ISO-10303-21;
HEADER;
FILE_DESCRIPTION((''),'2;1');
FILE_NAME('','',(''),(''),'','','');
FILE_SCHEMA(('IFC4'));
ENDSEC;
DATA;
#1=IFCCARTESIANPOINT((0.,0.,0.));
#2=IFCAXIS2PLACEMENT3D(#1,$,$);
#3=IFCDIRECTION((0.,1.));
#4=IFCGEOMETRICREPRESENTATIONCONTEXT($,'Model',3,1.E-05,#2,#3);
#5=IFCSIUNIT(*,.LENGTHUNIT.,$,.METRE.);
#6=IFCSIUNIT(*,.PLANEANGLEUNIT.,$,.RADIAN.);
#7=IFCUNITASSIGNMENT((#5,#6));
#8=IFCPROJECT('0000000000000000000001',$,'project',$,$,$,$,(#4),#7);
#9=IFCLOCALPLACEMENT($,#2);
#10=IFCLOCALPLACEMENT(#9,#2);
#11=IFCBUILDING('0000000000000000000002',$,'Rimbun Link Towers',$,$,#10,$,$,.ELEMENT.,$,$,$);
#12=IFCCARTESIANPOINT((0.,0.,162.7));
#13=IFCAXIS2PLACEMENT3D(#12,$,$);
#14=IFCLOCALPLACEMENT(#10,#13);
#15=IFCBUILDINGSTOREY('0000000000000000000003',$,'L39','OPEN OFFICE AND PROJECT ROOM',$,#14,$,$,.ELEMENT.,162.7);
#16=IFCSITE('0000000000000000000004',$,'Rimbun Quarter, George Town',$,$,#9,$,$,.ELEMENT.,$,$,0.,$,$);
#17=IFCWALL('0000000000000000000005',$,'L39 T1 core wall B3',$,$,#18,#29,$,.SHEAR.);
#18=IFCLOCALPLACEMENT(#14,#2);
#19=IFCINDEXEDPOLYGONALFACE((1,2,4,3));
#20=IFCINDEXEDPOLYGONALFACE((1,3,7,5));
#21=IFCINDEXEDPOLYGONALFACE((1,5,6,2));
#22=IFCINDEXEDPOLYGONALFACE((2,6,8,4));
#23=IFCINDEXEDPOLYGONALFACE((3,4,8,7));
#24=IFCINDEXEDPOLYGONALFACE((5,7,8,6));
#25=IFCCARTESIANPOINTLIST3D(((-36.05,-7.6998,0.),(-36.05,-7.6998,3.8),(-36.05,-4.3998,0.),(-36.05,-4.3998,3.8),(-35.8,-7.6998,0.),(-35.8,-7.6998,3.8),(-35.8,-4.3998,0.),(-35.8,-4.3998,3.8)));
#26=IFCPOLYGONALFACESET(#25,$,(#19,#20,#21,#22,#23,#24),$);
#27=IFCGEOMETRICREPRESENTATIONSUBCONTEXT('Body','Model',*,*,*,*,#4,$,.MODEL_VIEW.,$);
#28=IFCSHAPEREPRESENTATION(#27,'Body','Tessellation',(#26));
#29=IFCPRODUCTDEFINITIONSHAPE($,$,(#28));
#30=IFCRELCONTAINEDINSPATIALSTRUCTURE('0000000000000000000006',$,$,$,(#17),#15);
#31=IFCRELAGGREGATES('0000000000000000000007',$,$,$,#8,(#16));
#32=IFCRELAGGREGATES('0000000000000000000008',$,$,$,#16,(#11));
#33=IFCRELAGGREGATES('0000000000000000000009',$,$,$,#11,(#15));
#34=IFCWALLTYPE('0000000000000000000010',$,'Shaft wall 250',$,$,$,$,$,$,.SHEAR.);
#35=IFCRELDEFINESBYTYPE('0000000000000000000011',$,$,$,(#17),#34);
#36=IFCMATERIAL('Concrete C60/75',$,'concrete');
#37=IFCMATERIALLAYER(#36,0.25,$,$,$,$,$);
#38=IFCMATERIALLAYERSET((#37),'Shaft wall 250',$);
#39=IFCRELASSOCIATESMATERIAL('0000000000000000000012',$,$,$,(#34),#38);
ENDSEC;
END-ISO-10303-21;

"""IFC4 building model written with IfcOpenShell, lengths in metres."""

from ifc_helpers import new_model, si_unit, direction, frame, frame_2d, origin, place, context, subcontext, project, spatial, rectangle, extrude, material, layer, layer_set, type_object, element, save


model = new_model("IFC4")

# Units and contexts
model_context = context("Model", 3, precision=1e-05, world=origin(), true_north=direction((0.0, 1.0)))
body_context = subcontext(model_context, "Body", "Model", "MODEL_VIEW")
ifc_project = project(units=[si_unit("LENGTHUNIT", "METRE"), si_unit("PLANEANGLEUNIT", "RADIAN")], contexts=[model_context])

# Site, building, storey
site_placement = place(None, origin())
site = spatial("IfcSite", under=ifc_project, at=site_placement, Name="Rimbun Quarter, George Town", CompositionType="ELEMENT", RefElevation=0.0)
building_placement = place(site_placement, origin())
building = spatial("IfcBuilding", under=site, at=building_placement, Name="Rimbun Link Towers", CompositionType="ELEMENT")
storey_placement = place(building_placement, frame((0.0, 0.0, 162.7)))
storey = spatial("IfcBuildingStorey", under=building, at=storey_placement, Name="L39", Description="OPEN OFFICE AND PROJECT ROOM", CompositionType="ELEMENT", Elevation=162.7)

# Shared definitions
ifc_material_1 = material(Name="Concrete C60/75", Category="concrete")
ifc_layer_1 = layer(ifc_material_1, 0.25)
ifc_layer_set_1 = layer_set([ifc_layer_1], Name="Shaft wall 250")
wall_type_1 = type_object("IfcWallType", Name="Shaft wall 250", PredefinedType="SHEAR", material=ifc_layer_set_1)

# Wall
wall_1_placement = place(storey_placement, frame((-35.925, -4.3999, 0.0), z_axis=(0.0, 0.0, 1.0), x_axis=(0.0, -1.0, 0.0)))
element("IfcWall", 1, at=wall_1_placement, inside=storey, type_object=wall_type_1, Name="L39 T1 core wall B3", PredefinedType="SHEAR", context=body_context, shape_type="SweptSolid", body=[
    extrude(rectangle(XDim=3.3, YDim=0.25, at=frame_2d((1.6499, 0.0))), origin(), (0.0, 0.0, 1.0), 3.8),
])

save(model, "model.ifc")
